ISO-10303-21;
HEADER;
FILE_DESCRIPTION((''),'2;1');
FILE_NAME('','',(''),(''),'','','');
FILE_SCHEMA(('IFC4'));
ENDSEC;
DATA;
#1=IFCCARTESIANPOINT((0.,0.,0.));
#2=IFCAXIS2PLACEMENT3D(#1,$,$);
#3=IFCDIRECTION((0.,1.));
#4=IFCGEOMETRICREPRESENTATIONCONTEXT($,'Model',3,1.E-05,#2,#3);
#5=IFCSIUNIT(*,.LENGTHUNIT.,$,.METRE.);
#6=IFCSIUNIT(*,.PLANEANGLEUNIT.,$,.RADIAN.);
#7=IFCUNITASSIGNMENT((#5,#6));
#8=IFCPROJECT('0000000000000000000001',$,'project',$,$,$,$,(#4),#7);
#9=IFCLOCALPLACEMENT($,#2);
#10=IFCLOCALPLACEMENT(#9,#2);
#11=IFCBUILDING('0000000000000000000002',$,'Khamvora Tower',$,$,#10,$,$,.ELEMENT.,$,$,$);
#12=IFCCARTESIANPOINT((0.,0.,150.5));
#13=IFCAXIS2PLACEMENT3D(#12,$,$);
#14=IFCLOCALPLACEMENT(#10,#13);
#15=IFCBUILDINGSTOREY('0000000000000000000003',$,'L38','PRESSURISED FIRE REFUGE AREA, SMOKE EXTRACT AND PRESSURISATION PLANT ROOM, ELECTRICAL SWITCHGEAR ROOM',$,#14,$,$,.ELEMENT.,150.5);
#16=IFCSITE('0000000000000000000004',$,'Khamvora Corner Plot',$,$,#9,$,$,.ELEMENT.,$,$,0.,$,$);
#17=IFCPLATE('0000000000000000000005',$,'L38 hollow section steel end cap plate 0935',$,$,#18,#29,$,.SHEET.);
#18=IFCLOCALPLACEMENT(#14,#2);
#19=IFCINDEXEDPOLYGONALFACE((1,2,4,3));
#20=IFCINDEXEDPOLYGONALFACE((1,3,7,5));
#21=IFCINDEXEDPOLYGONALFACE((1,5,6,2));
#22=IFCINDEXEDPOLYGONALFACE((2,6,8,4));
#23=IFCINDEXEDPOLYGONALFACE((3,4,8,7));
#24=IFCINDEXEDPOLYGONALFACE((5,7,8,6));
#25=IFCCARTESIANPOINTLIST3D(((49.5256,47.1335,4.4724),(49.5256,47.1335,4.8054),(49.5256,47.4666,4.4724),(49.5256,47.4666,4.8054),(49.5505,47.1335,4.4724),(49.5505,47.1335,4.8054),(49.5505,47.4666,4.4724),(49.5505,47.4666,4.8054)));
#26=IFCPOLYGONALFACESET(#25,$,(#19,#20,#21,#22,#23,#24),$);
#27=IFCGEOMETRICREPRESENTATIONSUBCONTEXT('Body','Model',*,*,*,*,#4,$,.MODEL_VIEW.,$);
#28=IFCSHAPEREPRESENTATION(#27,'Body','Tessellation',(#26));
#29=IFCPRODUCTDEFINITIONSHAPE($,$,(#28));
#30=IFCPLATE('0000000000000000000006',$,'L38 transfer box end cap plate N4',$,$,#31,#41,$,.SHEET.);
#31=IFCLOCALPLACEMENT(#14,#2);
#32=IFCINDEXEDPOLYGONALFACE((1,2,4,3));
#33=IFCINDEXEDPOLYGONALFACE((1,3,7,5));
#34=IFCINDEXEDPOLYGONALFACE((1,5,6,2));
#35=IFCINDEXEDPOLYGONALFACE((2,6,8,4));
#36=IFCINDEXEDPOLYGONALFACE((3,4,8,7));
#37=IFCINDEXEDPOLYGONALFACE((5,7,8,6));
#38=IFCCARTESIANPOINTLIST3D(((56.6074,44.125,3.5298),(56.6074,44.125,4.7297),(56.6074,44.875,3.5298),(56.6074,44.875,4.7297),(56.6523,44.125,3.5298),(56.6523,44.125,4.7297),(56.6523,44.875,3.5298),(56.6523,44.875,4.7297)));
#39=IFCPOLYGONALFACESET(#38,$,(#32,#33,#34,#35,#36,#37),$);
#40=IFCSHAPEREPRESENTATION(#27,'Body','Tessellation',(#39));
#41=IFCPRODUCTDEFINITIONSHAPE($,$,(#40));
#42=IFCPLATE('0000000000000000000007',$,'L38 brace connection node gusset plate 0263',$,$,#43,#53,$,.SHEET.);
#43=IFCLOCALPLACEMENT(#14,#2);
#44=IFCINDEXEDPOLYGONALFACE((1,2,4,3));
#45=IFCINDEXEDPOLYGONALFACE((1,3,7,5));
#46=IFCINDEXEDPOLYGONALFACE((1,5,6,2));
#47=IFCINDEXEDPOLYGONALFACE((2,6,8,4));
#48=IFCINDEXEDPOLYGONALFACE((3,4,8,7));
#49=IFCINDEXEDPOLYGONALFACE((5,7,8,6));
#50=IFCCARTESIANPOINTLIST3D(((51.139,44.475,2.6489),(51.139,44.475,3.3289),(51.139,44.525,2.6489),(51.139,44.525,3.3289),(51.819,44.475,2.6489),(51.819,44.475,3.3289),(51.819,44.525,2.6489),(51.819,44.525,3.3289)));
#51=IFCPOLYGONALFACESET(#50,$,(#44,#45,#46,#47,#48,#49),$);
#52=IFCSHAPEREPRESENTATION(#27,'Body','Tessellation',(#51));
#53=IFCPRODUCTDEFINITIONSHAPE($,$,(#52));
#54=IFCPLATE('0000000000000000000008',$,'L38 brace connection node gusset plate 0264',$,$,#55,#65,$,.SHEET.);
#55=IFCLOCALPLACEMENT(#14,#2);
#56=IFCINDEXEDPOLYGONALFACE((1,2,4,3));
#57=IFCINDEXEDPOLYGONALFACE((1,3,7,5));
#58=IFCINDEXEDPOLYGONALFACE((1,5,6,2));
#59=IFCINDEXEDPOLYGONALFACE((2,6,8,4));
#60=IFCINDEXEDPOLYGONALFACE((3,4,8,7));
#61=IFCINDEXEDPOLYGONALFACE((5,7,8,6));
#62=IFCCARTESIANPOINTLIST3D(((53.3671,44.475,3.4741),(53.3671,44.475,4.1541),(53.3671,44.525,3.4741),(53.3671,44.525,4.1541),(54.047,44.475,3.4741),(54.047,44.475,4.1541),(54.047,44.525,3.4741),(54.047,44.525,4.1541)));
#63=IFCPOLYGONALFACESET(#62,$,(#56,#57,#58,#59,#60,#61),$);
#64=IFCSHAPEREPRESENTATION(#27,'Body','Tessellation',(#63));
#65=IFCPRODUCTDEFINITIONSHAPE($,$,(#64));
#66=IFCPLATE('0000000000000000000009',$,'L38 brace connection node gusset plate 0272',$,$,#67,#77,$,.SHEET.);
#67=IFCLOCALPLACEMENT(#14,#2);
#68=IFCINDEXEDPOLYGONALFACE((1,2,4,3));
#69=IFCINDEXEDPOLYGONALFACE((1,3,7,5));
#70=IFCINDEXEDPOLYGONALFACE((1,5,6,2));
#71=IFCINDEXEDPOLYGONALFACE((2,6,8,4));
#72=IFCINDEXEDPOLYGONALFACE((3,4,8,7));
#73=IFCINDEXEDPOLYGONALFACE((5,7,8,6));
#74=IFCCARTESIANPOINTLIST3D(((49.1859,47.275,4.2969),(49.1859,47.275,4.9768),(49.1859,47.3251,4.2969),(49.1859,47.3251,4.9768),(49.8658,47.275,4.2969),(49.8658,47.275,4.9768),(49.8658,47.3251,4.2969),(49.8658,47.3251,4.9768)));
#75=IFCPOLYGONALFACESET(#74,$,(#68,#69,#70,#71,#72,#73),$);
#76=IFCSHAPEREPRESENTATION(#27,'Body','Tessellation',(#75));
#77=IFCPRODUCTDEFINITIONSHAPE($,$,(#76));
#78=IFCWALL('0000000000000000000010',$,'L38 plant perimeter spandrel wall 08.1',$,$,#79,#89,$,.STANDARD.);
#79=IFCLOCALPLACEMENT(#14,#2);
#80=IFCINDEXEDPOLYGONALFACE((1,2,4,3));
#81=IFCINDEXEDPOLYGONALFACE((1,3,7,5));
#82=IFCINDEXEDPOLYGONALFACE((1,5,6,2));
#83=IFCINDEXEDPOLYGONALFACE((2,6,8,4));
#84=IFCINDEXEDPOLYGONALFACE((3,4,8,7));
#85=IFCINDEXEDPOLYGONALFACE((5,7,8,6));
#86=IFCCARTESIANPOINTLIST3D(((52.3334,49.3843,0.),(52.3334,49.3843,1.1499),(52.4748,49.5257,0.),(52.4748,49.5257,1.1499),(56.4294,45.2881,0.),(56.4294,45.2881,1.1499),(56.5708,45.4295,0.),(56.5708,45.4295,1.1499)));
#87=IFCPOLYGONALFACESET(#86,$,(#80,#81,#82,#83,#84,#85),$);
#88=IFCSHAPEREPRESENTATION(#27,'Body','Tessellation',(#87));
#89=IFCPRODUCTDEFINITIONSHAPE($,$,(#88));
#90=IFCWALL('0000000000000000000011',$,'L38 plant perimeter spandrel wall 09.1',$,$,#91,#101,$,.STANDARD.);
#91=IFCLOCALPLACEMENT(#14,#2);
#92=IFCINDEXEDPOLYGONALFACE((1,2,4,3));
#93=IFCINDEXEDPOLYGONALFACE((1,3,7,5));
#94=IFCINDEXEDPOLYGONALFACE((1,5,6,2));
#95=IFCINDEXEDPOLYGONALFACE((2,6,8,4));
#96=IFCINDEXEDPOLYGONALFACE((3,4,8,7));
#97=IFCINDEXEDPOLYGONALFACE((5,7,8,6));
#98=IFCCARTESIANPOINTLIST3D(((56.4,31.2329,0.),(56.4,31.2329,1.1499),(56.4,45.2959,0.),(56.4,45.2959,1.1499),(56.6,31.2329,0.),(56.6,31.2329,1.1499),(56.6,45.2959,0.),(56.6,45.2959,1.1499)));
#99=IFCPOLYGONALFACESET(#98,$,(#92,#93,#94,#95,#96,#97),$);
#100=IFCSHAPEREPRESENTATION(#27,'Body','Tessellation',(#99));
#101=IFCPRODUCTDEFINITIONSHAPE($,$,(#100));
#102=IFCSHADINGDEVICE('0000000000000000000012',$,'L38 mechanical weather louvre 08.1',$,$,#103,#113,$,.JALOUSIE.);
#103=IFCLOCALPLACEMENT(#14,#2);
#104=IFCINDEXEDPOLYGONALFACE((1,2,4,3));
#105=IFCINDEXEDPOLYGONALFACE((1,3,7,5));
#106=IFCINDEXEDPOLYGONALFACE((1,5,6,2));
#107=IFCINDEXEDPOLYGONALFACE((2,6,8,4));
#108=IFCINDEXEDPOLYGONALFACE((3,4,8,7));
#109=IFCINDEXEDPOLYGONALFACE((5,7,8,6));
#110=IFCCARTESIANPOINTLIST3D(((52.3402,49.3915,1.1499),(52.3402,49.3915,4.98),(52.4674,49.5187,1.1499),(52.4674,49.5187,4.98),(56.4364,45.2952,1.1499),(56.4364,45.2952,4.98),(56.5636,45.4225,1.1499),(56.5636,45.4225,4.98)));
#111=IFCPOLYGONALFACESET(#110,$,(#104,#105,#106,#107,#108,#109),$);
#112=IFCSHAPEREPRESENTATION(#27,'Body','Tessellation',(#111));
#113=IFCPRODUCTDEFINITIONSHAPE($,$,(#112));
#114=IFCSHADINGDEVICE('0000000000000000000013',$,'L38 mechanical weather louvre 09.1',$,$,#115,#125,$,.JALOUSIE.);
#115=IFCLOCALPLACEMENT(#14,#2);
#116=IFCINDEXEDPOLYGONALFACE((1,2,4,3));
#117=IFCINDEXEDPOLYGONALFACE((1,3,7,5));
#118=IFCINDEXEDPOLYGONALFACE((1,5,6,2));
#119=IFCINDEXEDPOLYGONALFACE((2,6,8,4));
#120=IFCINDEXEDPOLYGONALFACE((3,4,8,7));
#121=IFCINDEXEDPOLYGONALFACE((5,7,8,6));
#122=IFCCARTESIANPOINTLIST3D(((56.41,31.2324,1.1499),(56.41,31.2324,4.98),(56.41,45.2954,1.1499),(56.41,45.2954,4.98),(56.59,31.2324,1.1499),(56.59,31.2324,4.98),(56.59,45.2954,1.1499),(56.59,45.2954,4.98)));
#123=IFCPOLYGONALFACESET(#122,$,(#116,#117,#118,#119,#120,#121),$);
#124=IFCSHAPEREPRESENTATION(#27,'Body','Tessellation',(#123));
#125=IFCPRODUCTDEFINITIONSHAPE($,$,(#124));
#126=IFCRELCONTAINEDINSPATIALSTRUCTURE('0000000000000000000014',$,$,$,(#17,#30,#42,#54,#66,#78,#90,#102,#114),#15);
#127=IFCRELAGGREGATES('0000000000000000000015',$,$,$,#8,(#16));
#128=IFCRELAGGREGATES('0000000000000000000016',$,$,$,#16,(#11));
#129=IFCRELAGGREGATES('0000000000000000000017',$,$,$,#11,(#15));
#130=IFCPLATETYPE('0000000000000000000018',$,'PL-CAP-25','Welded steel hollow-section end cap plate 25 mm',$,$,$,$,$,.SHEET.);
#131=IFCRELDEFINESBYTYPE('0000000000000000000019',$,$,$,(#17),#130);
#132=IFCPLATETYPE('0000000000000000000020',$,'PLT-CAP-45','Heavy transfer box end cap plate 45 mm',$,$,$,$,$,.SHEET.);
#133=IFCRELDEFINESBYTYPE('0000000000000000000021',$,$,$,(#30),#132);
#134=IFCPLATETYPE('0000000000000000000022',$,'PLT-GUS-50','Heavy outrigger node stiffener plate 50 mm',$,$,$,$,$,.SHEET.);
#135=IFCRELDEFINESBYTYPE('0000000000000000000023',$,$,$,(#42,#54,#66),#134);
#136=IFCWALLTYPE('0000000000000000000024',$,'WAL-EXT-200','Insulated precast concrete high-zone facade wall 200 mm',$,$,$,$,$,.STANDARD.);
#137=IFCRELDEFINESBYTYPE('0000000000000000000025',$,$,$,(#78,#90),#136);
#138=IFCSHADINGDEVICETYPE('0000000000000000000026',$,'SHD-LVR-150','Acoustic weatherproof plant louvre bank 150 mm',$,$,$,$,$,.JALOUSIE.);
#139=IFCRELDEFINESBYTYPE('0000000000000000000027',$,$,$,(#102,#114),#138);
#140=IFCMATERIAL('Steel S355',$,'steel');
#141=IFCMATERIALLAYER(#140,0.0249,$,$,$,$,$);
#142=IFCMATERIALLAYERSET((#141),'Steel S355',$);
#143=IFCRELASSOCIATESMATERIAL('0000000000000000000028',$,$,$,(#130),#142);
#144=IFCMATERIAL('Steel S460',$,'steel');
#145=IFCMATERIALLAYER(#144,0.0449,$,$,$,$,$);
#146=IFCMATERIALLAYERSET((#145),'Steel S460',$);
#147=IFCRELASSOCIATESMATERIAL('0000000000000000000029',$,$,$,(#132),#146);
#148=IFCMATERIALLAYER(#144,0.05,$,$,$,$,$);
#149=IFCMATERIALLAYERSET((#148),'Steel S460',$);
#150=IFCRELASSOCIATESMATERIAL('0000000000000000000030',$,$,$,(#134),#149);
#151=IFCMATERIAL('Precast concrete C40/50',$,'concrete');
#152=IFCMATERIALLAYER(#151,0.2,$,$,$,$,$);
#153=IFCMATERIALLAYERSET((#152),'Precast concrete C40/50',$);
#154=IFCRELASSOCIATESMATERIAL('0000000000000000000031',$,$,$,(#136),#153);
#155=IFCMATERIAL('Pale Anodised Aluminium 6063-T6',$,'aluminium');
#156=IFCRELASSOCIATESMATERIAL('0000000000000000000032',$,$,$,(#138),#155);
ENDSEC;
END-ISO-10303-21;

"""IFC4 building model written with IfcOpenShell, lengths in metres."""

from ifc_helpers import new_model, si_unit, direction, frame, frame_2d, origin, origin_2d, place, context, subcontext, project, spatial, rectangle, extrude, material, layer, layer_set, type_object, element, save


model = new_model("IFC4")

# Units and contexts
model_context = context("Model", 3, precision=1e-05, world=origin(), true_north=direction((0.0, 1.0)))
body_context = subcontext(model_context, "Body", "Model", "MODEL_VIEW")
ifc_project = project(units=[si_unit("LENGTHUNIT", "METRE"), si_unit("PLANEANGLEUNIT", "RADIAN")], contexts=[model_context])

# Site, building, storey
site_placement = place(None, origin())
site = spatial("IfcSite", under=ifc_project, at=site_placement, Name="Khamvora Corner Plot", CompositionType="ELEMENT", RefElevation=0.0)
building_placement = place(site_placement, origin())
building = spatial("IfcBuilding", under=site, at=building_placement, Name="Khamvora Tower", CompositionType="ELEMENT")
storey_placement = place(building_placement, frame((0.0, 0.0, 150.5)))
storey = spatial("IfcBuildingStorey", under=building, at=storey_placement, Name="L38", Description="PRESSURISED FIRE REFUGE AREA, SMOKE EXTRACT AND PRESSURISATION PLANT ROOM, ELECTRICAL SWITCHGEAR ROOM", CompositionType="ELEMENT", Elevation=150.5)

# Shared definitions
ifc_material_1 = material(Name="Steel S355", Category="steel")

# Shared definitions
ifc_material_2 = material(Name="Steel S460", Category="steel")

# Plates
ifc_layer_1 = layer(ifc_material_1, 0.0249)
ifc_layer_set_1 = layer_set([ifc_layer_1], Name="Steel S355")
plate_type_1 = type_object("IfcPlateType", Name="PL-CAP-25", Description="Welded steel hollow-section end cap plate 25 mm", PredefinedType="SHEET", material=ifc_layer_set_1)
plate_1_placement = place(storey_placement, frame((49.5381, 47.3, 4.4724), z_axis=(0.0, 0.0, 1.0), x_axis=(1.0, 0.0, 0.0)))
element("IfcPlate", 1, at=plate_1_placement, inside=storey, type_object=plate_type_1, Name="L38 hollow section steel end cap plate 0935", PredefinedType="SHEET", context=body_context, shape_type="SweptSolid", body=[
    extrude(rectangle(XDim=0.0249, YDim=0.333, at=origin_2d()), origin(), (0.0, 0.0, 1.0), 0.333),
])
ifc_layer_2 = layer(ifc_material_2, 0.0449)
ifc_layer_set_2 = layer_set([ifc_layer_2], Name="Steel S460")
plate_type_2 = type_object("IfcPlateType", Name="PLT-CAP-45", Description="Heavy transfer box end cap plate 45 mm", PredefinedType="SHEET", material=ifc_layer_set_2)
plate_2_placement = place(storey_placement, frame((56.6299, 44.5, 3.5298), z_axis=(0.0, 0.0, 1.0), x_axis=(1.0, 0.0, 0.0)))
element("IfcPlate", 2, at=plate_2_placement, inside=storey, type_object=plate_type_2, Name="L38 transfer box end cap plate N4", PredefinedType="SHEET", context=body_context, shape_type="SweptSolid", body=[
    extrude(rectangle(XDim=0.0449, YDim=0.75, at=origin_2d()), origin(), (0.0, 0.0, 1.0), 1.2),
])
ifc_layer_3 = layer(ifc_material_2, 0.05)
ifc_layer_set_3 = layer_set([ifc_layer_3], Name="Steel S460")
plate_type_3 = type_object("IfcPlateType", Name="PLT-GUS-50", Description="Heavy outrigger node stiffener plate 50 mm", PredefinedType="SHEET", material=ifc_layer_set_3)
for number, where, z_axis, x_axis, name in (
    (3, (51.479, 44.5, 2.6489), (0.0, 0.0, 1.0), (1.0, 0.0, 0.0), "L38 brace connection node gusset plate 0263"),
    (4, (53.707, 44.5, 3.4741), (0.0, 0.0, 1.0), (1.0, 0.0, 0.0), "L38 brace connection node gusset plate 0264"),
    (5, (49.5259, 47.3, 4.2969), (0.0, 0.0, 1.0), (1.0, 0.0, 0.0), "L38 brace connection node gusset plate 0272"),
):
    element("IfcPlate", number, at=place(storey_placement, frame(where, z_axis=z_axis, x_axis=x_axis)), inside=storey, type_object=plate_type_3, Name=name, PredefinedType="SHEET", context=body_context, shape_type="SweptSolid", body=[
        extrude(rectangle(XDim=0.6799, YDim=0.05, at=origin_2d()), origin(), (0.0, 0.0, 1.0), 0.6799),
    ])

# Walls
ifc_material_3 = material(Name="Precast concrete C40/50", Category="concrete")
ifc_layer_4 = layer(ifc_material_3, 0.2)
ifc_layer_set_4 = layer_set([ifc_layer_4], Name="Precast concrete C40/50")
wall_type = type_object("IfcWallType", Name="WAL-EXT-200", Description="Insulated precast concrete high-zone facade wall 200 mm", PredefinedType="STANDARD", material=ifc_layer_set_4)
wall_1_placement = place(storey_placement, frame((52.4041, 49.4551, 0.0), z_axis=(0.0, 0.0, 1.0), x_axis=(0.707086, -0.707128, 0.0)))
element("IfcWall", 6, at=wall_1_placement, inside=storey, type_object=wall_type, Name="L38 plant perimeter spandrel wall 08.1", PredefinedType="STANDARD", context=body_context, shape_type="SweptSolid", body=[
    extrude(rectangle(XDim=5.7927, YDim=0.2, at=frame_2d((2.8965, 0.0))), origin(), (0.0, 0.0, 1.0), 1.1499),
])
wall_2_placement = place(storey_placement, frame((56.5, 45.2959, 0.0), z_axis=(0.0, 0.0, 1.0), x_axis=(0.0, -1.0, 0.0)))
element("IfcWall", 7, at=wall_2_placement, inside=storey, type_object=wall_type, Name="L38 plant perimeter spandrel wall 09.1", PredefinedType="STANDARD", context=body_context, shape_type="SweptSolid", body=[
    extrude(rectangle(XDim=14.063, YDim=0.2, at=frame_2d((7.0315, 0.0))), origin(), (0.0, 0.0, 1.0), 1.1499),
])

# Shading devices
ifc_material_4 = material(Name="Pale Anodised Aluminium 6063-T6", Category="aluminium")
shading_device_type = type_object("IfcShadingDeviceType", Name="SHD-LVR-150", Description="Acoustic weatherproof plant louvre bank 150 mm", PredefinedType="JALOUSIE", material=ifc_material_4)
shading_device_1_placement = place(storey_placement, frame((54.4519, 47.407, 1.1499), z_axis=(0.0, 0.0, 1.0), x_axis=(0.707107, -0.707107, 0.0)))
element("IfcShadingDevice", 8, at=shading_device_1_placement, inside=storey, type_object=shading_device_type, Name="L38 mechanical weather louvre 08.1", PredefinedType="JALOUSIE", context=body_context, shape_type="SweptSolid", body=[
    extrude(rectangle(XDim=5.793, YDim=0.1799, at=origin_2d()), origin(), (0.0, 0.0, 1.0), 3.8301),
])
shading_device_2_placement = place(storey_placement, frame((56.5, 38.2639, 1.1499), z_axis=(0.0, 0.0, 1.0), x_axis=(0.0, -1.0, 0.0)))
element("IfcShadingDevice", 9, at=shading_device_2_placement, inside=storey, type_object=shading_device_type, Name="L38 mechanical weather louvre 09.1", PredefinedType="JALOUSIE", context=body_context, shape_type="SweptSolid", body=[
    extrude(rectangle(XDim=14.063, YDim=0.1799, at=origin_2d()), origin(), (0.0, 0.0, 1.0), 3.8301),
])

save(model, "model.ifc")
